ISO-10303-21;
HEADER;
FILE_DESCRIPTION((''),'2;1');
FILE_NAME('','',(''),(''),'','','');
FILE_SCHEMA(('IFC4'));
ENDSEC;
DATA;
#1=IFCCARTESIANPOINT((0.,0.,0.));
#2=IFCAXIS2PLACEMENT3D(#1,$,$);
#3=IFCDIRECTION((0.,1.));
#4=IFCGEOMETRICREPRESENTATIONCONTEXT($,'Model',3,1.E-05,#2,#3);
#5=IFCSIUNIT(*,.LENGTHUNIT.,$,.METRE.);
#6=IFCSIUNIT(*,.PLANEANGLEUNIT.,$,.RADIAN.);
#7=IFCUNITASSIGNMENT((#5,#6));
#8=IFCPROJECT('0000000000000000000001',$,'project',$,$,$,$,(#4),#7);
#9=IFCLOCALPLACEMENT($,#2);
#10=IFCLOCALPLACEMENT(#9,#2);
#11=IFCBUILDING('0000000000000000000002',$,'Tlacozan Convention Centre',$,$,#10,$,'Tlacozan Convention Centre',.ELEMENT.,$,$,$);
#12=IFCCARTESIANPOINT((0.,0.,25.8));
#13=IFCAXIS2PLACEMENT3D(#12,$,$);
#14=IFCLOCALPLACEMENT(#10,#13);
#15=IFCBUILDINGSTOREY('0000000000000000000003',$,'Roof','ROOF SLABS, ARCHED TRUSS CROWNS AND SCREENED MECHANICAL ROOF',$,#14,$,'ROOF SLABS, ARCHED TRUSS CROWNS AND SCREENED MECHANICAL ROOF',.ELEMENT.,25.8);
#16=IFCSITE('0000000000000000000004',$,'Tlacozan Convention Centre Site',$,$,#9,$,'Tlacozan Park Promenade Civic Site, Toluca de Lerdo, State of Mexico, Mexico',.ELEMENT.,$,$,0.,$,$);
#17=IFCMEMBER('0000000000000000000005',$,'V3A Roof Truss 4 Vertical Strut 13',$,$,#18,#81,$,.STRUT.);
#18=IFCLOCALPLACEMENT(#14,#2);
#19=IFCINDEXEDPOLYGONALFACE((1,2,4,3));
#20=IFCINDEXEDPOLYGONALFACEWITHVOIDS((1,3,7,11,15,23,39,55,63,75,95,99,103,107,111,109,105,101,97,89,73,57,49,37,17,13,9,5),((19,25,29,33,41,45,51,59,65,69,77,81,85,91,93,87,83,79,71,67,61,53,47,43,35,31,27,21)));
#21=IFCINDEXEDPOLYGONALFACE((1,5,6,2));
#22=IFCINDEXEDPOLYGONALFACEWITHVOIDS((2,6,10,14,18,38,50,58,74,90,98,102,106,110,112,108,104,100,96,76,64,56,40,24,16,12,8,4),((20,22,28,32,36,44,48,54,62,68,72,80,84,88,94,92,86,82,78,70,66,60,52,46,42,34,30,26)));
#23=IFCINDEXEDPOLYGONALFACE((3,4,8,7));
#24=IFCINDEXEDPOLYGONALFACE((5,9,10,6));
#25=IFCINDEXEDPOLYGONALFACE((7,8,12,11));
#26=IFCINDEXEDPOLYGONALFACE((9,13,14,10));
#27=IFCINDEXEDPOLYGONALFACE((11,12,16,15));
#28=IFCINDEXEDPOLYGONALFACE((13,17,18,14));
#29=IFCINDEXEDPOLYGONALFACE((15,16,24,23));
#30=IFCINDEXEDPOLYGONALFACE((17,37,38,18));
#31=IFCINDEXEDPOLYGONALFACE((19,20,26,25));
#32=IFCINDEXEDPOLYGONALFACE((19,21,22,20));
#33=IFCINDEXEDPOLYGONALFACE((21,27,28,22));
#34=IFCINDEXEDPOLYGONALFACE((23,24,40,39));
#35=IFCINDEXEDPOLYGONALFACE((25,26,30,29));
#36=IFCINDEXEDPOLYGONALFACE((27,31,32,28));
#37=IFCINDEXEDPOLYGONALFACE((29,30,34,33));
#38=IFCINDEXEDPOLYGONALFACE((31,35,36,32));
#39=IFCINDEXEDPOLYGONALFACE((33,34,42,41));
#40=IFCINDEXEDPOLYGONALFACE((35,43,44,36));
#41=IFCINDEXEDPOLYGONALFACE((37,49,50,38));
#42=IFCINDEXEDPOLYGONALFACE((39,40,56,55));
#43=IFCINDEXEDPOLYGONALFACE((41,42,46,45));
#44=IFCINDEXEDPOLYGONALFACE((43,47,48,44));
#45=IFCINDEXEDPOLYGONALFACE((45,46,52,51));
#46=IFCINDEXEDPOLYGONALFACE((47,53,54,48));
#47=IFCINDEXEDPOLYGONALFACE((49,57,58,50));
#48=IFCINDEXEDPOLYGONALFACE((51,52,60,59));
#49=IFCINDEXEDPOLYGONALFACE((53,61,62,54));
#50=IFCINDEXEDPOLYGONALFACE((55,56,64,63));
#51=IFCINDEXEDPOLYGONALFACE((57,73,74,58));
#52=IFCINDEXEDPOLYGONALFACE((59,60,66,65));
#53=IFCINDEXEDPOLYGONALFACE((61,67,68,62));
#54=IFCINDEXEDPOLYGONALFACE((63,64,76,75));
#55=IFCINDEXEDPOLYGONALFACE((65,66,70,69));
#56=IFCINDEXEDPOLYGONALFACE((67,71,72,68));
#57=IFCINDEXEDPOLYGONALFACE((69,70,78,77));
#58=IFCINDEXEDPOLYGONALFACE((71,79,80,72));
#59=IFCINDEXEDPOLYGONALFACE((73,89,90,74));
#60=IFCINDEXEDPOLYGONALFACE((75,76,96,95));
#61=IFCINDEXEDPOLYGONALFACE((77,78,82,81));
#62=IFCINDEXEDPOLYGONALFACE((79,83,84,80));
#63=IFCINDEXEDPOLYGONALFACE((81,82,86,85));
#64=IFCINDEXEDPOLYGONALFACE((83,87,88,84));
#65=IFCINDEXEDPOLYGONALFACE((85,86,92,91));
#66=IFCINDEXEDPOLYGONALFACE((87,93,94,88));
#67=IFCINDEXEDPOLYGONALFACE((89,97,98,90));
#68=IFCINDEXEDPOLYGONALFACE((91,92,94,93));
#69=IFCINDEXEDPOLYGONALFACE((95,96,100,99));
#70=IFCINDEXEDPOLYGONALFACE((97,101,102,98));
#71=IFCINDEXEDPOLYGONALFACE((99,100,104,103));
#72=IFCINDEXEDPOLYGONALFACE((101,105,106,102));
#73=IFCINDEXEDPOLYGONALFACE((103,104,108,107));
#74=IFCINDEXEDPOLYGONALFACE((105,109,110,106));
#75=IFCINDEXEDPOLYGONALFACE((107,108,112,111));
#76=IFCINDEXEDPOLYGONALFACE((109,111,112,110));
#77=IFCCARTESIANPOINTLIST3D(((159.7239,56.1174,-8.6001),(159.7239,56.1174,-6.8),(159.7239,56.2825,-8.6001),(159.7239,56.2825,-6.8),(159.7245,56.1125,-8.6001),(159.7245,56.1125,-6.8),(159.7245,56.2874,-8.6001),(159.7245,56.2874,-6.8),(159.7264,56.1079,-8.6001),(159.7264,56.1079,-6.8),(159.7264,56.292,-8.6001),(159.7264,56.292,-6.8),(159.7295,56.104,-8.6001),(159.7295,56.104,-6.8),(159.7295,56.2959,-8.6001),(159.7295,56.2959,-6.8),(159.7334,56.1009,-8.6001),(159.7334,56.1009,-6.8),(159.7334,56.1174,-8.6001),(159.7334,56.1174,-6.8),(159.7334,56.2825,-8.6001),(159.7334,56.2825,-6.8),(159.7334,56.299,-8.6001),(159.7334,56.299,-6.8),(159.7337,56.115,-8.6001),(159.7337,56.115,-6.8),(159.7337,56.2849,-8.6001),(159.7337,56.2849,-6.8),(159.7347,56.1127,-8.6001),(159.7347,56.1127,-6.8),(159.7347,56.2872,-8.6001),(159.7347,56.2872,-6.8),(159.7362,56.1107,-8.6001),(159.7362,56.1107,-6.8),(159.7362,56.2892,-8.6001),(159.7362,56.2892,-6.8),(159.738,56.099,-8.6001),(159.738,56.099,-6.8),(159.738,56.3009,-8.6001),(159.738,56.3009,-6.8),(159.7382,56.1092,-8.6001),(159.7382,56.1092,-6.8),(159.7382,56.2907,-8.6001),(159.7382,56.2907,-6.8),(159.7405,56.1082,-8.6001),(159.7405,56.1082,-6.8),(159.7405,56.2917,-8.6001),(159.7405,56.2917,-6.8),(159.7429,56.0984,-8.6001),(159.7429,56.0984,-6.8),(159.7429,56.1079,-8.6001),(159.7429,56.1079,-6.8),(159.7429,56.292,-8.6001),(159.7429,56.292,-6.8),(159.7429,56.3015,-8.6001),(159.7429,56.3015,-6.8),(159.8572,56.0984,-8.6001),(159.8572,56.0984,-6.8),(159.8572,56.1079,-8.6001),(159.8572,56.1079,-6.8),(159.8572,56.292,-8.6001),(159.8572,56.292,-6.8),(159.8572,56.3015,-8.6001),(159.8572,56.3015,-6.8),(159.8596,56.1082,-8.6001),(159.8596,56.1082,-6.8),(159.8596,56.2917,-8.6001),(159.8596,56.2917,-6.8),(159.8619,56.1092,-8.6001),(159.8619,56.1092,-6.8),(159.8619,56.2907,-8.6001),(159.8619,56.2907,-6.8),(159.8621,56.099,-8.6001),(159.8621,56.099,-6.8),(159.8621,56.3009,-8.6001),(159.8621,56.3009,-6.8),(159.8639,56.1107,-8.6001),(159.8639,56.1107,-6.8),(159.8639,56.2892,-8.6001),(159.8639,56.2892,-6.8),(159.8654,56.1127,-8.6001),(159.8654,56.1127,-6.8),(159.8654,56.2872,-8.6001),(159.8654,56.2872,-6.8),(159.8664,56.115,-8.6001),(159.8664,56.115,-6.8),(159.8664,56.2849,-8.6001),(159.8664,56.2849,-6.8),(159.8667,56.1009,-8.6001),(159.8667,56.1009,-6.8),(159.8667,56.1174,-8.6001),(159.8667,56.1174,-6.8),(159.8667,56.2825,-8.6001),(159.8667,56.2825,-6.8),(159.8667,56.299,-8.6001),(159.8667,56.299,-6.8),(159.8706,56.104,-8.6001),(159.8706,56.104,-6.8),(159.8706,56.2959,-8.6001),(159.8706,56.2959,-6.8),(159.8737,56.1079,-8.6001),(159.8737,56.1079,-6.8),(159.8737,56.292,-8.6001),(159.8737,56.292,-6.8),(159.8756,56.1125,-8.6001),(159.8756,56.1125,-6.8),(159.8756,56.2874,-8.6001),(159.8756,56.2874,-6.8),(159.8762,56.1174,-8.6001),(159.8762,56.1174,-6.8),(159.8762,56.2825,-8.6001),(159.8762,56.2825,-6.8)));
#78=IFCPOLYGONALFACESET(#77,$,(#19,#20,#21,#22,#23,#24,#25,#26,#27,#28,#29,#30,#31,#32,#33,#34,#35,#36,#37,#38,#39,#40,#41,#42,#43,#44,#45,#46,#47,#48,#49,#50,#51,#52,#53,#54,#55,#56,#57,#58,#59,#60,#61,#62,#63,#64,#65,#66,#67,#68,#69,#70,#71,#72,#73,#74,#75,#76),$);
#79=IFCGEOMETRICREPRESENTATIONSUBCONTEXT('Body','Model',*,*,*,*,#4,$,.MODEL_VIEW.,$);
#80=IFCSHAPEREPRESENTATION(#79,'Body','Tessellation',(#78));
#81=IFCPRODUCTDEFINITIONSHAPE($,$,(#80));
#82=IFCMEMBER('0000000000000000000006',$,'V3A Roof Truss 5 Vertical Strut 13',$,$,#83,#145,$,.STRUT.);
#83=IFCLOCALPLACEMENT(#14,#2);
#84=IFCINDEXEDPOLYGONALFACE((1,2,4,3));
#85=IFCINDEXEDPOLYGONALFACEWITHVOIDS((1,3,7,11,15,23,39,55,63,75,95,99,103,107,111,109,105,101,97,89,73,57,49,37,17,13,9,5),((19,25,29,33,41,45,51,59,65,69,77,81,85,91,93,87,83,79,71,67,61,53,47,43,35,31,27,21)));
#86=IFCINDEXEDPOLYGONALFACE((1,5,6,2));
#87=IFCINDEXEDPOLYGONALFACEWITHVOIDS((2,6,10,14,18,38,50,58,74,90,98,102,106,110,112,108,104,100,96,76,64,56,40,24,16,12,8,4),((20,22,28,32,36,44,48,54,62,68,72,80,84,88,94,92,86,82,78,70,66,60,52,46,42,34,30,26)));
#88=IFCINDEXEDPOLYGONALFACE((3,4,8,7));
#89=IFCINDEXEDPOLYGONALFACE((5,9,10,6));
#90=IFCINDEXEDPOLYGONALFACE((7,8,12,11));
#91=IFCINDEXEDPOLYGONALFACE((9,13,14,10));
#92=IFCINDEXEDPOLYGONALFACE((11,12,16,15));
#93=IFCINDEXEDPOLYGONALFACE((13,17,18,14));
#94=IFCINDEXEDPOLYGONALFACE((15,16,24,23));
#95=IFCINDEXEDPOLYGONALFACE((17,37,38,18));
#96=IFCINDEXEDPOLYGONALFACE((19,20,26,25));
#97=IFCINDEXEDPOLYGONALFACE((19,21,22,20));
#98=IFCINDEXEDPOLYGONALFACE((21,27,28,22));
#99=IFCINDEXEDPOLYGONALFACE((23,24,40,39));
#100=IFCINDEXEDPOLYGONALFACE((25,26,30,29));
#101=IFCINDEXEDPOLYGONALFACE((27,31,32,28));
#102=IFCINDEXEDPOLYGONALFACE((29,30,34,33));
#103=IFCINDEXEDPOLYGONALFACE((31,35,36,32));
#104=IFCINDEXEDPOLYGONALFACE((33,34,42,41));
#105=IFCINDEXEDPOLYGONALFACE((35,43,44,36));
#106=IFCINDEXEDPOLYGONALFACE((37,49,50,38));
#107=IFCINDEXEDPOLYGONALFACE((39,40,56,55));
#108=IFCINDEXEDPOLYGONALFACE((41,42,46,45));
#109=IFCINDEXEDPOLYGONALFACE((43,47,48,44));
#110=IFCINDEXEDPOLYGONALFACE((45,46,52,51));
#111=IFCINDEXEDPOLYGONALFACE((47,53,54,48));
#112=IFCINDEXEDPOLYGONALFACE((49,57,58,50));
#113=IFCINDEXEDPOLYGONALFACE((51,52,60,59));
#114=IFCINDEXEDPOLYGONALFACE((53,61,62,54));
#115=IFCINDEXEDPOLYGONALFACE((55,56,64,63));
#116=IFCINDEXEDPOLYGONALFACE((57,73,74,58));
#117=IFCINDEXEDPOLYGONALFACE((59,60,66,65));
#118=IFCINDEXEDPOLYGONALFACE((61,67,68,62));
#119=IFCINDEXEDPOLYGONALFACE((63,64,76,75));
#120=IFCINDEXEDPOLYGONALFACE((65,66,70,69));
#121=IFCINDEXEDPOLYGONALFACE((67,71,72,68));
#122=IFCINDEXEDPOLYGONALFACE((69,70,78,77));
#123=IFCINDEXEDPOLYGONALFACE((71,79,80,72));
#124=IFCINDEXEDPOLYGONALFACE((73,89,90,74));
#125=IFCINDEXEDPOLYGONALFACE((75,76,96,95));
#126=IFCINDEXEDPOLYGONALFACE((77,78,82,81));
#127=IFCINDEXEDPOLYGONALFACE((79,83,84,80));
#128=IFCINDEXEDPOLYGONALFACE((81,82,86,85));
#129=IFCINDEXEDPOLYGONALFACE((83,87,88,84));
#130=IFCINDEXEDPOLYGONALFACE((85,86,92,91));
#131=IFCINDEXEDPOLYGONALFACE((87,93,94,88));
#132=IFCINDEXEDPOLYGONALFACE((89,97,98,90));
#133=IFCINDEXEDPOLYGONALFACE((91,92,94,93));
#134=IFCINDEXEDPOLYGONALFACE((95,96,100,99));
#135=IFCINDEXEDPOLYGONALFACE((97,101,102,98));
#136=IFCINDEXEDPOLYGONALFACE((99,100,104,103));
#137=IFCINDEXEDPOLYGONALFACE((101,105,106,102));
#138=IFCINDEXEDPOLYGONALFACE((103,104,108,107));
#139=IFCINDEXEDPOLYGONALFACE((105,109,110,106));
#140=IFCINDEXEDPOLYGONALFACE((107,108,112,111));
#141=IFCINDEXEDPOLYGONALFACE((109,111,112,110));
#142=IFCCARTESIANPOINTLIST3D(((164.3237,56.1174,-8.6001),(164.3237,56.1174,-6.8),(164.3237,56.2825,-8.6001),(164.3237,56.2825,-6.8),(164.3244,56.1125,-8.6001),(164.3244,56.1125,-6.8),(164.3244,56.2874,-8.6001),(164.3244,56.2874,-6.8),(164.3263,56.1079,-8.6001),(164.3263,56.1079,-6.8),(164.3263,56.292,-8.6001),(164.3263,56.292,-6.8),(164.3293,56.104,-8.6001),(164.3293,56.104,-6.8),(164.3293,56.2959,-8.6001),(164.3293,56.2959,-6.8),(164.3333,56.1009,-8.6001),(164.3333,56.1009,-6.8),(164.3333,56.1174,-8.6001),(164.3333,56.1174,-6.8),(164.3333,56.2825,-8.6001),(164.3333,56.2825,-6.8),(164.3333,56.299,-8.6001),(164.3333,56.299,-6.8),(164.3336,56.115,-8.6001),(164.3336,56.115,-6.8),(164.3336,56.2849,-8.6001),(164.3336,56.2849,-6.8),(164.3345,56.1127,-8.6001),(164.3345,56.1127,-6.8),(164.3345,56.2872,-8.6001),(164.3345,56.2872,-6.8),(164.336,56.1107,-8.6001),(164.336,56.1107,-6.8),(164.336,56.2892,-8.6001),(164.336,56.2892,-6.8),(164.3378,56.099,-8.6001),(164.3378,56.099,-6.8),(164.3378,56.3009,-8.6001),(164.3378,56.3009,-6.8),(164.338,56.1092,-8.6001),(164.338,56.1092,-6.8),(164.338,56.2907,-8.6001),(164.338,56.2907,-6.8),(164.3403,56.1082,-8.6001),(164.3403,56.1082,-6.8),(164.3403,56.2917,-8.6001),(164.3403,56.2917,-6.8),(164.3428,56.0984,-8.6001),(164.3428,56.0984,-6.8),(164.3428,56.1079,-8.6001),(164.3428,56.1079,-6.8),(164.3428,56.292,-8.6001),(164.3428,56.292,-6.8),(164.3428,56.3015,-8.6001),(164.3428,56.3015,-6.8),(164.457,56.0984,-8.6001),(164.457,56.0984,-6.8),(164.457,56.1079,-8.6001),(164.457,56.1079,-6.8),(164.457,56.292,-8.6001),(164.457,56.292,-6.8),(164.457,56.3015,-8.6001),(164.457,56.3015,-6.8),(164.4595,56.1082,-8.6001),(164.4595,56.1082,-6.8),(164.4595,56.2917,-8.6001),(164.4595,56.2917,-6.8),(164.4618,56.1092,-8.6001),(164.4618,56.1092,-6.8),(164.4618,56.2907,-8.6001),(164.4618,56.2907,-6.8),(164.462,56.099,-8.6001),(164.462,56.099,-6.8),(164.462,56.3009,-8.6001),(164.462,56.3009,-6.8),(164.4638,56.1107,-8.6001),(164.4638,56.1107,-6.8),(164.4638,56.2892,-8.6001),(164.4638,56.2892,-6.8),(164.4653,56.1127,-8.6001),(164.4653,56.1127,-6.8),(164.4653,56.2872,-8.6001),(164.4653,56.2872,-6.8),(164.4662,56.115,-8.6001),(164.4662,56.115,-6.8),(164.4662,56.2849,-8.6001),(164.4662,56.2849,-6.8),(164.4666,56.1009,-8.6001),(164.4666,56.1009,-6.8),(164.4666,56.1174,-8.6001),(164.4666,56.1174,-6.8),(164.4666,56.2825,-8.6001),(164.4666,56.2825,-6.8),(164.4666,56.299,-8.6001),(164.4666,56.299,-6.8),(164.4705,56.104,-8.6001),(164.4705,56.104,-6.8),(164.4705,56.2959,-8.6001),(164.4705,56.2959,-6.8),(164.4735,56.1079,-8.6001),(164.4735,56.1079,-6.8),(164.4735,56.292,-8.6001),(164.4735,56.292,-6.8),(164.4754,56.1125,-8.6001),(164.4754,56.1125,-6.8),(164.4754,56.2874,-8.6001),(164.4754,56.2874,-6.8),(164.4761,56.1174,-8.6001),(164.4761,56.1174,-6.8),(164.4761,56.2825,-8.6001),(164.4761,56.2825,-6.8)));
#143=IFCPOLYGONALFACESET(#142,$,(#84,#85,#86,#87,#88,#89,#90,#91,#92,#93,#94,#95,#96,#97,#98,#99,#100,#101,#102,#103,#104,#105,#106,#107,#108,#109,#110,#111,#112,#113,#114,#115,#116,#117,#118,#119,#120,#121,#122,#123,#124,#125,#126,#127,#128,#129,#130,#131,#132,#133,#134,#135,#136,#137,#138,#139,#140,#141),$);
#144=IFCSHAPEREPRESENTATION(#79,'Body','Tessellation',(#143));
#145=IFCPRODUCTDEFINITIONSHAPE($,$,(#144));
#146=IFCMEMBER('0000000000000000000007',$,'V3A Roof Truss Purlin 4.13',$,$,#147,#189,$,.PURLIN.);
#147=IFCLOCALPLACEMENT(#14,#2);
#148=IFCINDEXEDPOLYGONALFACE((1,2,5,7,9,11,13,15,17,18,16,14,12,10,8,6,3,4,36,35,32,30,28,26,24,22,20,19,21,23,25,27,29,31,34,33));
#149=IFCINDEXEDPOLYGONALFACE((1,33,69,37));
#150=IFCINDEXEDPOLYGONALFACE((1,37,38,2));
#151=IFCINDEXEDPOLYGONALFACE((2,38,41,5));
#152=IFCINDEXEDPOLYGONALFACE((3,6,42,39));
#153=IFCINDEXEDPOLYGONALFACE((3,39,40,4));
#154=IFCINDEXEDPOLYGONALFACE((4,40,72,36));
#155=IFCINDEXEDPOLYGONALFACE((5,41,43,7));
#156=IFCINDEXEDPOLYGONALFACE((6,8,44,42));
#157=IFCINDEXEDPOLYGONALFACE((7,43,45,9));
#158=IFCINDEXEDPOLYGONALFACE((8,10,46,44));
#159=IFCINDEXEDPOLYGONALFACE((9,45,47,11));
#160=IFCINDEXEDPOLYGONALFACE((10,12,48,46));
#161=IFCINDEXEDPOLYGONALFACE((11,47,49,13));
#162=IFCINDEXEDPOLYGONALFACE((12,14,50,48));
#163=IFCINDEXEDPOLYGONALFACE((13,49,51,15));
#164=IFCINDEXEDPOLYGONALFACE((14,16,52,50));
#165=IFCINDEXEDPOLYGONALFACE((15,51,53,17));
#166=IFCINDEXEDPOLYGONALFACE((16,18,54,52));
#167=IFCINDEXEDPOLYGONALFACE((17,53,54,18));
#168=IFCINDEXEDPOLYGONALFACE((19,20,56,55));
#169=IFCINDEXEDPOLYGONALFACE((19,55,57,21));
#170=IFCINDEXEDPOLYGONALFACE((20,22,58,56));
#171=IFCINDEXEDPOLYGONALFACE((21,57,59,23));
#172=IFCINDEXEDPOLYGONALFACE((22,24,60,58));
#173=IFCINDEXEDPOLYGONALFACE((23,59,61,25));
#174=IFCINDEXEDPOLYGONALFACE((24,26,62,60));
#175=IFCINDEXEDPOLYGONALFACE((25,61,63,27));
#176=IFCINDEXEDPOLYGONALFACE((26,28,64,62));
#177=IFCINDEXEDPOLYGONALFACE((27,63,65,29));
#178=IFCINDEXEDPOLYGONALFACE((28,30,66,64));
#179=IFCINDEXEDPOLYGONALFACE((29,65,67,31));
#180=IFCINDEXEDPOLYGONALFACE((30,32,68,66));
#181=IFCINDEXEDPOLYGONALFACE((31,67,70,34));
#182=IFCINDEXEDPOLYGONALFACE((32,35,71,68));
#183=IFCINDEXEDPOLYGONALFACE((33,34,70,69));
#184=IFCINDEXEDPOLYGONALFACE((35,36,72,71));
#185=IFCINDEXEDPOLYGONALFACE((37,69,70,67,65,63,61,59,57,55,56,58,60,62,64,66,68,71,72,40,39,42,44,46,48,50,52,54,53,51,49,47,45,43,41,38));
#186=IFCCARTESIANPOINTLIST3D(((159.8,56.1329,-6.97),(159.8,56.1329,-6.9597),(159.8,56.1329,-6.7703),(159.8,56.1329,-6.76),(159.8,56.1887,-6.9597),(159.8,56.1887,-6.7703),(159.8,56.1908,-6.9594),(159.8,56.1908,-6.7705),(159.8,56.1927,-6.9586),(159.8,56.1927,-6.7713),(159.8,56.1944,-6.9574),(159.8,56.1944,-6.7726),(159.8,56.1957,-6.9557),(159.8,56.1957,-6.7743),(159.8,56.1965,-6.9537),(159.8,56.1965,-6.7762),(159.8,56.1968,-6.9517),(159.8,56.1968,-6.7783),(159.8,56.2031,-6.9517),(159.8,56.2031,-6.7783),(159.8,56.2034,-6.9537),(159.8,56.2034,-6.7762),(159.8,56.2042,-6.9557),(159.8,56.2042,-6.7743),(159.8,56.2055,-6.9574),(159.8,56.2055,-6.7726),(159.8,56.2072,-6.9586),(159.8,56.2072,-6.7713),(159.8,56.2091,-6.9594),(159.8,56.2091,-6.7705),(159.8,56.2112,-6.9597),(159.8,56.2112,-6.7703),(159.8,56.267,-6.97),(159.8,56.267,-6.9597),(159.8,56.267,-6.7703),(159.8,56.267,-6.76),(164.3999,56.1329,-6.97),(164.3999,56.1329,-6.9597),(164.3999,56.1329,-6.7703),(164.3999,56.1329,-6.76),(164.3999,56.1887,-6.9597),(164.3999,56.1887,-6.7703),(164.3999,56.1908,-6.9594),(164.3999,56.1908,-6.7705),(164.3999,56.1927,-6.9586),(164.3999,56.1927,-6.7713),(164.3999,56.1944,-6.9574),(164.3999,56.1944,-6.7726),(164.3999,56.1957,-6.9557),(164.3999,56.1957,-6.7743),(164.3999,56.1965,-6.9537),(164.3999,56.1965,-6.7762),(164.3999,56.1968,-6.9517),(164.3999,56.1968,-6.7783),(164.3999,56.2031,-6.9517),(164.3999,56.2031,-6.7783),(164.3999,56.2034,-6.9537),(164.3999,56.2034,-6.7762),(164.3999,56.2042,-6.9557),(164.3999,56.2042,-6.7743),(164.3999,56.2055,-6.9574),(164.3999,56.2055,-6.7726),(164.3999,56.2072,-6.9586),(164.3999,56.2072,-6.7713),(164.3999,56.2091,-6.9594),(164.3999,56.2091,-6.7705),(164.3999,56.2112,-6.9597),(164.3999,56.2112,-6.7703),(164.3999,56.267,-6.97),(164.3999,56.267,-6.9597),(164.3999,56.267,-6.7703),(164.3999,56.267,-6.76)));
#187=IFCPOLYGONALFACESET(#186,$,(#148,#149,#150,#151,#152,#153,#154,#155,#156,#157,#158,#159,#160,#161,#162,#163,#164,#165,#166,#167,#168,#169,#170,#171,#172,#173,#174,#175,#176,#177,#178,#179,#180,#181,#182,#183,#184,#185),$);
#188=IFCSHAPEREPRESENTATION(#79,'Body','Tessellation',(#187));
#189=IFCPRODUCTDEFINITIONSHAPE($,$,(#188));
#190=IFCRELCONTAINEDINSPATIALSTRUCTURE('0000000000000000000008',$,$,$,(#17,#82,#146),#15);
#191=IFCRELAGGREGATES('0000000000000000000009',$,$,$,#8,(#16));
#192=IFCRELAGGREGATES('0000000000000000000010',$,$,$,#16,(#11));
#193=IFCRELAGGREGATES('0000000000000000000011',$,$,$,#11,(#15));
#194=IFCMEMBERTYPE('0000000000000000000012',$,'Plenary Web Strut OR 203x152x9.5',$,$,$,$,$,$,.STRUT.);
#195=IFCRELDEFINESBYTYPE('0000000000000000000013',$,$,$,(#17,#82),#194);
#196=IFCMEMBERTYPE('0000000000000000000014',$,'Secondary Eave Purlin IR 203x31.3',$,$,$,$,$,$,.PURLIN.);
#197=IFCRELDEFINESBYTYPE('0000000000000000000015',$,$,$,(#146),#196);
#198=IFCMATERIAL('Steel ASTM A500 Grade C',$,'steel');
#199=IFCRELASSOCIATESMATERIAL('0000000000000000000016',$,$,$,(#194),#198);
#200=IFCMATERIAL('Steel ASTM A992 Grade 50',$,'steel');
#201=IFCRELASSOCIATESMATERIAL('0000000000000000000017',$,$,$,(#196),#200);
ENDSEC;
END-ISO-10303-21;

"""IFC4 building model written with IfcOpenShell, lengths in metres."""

from ifc_helpers import new_model, si_unit, direction, frame, origin, origin_2d, place, context, subcontext, project, spatial, hollow_rectangle, i_section, extrude, material, material_profile, profile_set, type_object, element, save


model = new_model("IFC4")

# Units and contexts
model_context = context("Model", 3, precision=1e-05, world=origin(), true_north=direction((0.0, 1.0)))
body_context = subcontext(model_context, "Body", "Model", "MODEL_VIEW")
ifc_project = project(units=[si_unit("LENGTHUNIT", "METRE"), si_unit("PLANEANGLEUNIT", "RADIAN")], contexts=[model_context])

# Site, building, storey
site_placement = place(None, origin())
site = spatial("IfcSite", under=ifc_project, at=site_placement, Name="Tlacozan Convention Centre Site", LongName="Tlacozan Park Promenade Civic Site, Toluca de Lerdo, State of Mexico, Mexico", CompositionType="ELEMENT", RefElevation=0.0)
building_placement = place(site_placement, origin())
building = spatial("IfcBuilding", under=site, at=building_placement, Name="Tlacozan Convention Centre", LongName="Tlacozan Convention Centre", CompositionType="ELEMENT")
storey_placement = place(building_placement, frame((0.0, 0.0, 25.8)))
storey = spatial("IfcBuildingStorey", under=building, at=storey_placement, Name="Roof", Description="ROOF SLABS, ARCHED TRUSS CROWNS AND SCREENED MECHANICAL ROOF", LongName="ROOF SLABS, ARCHED TRUSS CROWNS AND SCREENED MECHANICAL ROOF", CompositionType="ELEMENT", Elevation=25.8)

# Members
ifc_material_1 = material(Name="Steel ASTM A500 Grade C", Category="steel")
ifc_material_2 = material(Name="Steel ASTM A992 Grade 50", Category="steel")
ifc_material_profile_1 = material_profile(ifc_material_1, hollow_rectangle(XDim=0.1523, YDim=0.2031, WallThickness=0.0095, InnerFilletRadius=0.0095, OuterFilletRadius=0.019, at=origin_2d()), Name="OR 203x152x9.5")
ifc_profile_set_1 = profile_set([ifc_material_profile_1], Name="Steel ASTM A500 Grade C")
member_type_1 = type_object("IfcMemberType", Name="Plenary Web Strut OR 203x152x9.5", PredefinedType="STRUT", material=ifc_profile_set_1)
for number, where, z_axis, x_axis, name in (
    (1, (159.8, 56.2, -8.6001), (0.0, 0.0, 1.0), (1.0, 0.0, 0.0), "V3A Roof Truss 4 Vertical Strut 13"),
    (2, (164.3999, 56.2, -8.6001), (0.0, 0.0, 1.0), (1.0, 0.0, 0.0), "V3A Roof Truss 5 Vertical Strut 13"),
):
    element("IfcMember", number, at=place(storey_placement, frame(where, z_axis=z_axis, x_axis=x_axis)), inside=storey, type_object=member_type_1, Name=name, PredefinedType="STRUT", context=body_context, shape_type="SweptSolid", body=[
        extrude(hollow_rectangle(XDim=0.1523, YDim=0.2031, WallThickness=0.0095, InnerFilletRadius=0.0095, OuterFilletRadius=0.019, at=origin_2d()), origin(), (0.0, 0.0, 1.0), 1.8),
    ])
ifc_material_profile_2 = material_profile(ifc_material_2, i_section(OverallWidth=0.134, OverallDepth=0.21, WebThickness=0.0063, FlangeThickness=0.0103, FilletRadius=0.0081, at=origin_2d()), Name="IR 203x31.3")
ifc_profile_set_2 = profile_set([ifc_material_profile_2], Name="Steel ASTM A992 Grade 50")
member_type_2 = type_object("IfcMemberType", Name="Secondary Eave Purlin IR 203x31.3", PredefinedType="PURLIN", material=ifc_profile_set_2)
member_1_placement = place(storey_placement, frame((159.8, 56.2, -6.865), z_axis=(1.0, 0.0, 0.0), x_axis=(0.0, 1.0, 0.0)))
element("IfcMember", 3, at=member_1_placement, inside=storey, type_object=member_type_2, Name="V3A Roof Truss Purlin 4.13", PredefinedType="PURLIN", context=body_context, shape_type="SweptSolid", body=[
    extrude(i_section(OverallWidth=0.134, OverallDepth=0.21, WebThickness=0.0063, FlangeThickness=0.0103, FilletRadius=0.0081, at=origin_2d()), origin(), (0.0, 0.0, 1.0), 4.5999),
])

save(model, "model.ifc")
